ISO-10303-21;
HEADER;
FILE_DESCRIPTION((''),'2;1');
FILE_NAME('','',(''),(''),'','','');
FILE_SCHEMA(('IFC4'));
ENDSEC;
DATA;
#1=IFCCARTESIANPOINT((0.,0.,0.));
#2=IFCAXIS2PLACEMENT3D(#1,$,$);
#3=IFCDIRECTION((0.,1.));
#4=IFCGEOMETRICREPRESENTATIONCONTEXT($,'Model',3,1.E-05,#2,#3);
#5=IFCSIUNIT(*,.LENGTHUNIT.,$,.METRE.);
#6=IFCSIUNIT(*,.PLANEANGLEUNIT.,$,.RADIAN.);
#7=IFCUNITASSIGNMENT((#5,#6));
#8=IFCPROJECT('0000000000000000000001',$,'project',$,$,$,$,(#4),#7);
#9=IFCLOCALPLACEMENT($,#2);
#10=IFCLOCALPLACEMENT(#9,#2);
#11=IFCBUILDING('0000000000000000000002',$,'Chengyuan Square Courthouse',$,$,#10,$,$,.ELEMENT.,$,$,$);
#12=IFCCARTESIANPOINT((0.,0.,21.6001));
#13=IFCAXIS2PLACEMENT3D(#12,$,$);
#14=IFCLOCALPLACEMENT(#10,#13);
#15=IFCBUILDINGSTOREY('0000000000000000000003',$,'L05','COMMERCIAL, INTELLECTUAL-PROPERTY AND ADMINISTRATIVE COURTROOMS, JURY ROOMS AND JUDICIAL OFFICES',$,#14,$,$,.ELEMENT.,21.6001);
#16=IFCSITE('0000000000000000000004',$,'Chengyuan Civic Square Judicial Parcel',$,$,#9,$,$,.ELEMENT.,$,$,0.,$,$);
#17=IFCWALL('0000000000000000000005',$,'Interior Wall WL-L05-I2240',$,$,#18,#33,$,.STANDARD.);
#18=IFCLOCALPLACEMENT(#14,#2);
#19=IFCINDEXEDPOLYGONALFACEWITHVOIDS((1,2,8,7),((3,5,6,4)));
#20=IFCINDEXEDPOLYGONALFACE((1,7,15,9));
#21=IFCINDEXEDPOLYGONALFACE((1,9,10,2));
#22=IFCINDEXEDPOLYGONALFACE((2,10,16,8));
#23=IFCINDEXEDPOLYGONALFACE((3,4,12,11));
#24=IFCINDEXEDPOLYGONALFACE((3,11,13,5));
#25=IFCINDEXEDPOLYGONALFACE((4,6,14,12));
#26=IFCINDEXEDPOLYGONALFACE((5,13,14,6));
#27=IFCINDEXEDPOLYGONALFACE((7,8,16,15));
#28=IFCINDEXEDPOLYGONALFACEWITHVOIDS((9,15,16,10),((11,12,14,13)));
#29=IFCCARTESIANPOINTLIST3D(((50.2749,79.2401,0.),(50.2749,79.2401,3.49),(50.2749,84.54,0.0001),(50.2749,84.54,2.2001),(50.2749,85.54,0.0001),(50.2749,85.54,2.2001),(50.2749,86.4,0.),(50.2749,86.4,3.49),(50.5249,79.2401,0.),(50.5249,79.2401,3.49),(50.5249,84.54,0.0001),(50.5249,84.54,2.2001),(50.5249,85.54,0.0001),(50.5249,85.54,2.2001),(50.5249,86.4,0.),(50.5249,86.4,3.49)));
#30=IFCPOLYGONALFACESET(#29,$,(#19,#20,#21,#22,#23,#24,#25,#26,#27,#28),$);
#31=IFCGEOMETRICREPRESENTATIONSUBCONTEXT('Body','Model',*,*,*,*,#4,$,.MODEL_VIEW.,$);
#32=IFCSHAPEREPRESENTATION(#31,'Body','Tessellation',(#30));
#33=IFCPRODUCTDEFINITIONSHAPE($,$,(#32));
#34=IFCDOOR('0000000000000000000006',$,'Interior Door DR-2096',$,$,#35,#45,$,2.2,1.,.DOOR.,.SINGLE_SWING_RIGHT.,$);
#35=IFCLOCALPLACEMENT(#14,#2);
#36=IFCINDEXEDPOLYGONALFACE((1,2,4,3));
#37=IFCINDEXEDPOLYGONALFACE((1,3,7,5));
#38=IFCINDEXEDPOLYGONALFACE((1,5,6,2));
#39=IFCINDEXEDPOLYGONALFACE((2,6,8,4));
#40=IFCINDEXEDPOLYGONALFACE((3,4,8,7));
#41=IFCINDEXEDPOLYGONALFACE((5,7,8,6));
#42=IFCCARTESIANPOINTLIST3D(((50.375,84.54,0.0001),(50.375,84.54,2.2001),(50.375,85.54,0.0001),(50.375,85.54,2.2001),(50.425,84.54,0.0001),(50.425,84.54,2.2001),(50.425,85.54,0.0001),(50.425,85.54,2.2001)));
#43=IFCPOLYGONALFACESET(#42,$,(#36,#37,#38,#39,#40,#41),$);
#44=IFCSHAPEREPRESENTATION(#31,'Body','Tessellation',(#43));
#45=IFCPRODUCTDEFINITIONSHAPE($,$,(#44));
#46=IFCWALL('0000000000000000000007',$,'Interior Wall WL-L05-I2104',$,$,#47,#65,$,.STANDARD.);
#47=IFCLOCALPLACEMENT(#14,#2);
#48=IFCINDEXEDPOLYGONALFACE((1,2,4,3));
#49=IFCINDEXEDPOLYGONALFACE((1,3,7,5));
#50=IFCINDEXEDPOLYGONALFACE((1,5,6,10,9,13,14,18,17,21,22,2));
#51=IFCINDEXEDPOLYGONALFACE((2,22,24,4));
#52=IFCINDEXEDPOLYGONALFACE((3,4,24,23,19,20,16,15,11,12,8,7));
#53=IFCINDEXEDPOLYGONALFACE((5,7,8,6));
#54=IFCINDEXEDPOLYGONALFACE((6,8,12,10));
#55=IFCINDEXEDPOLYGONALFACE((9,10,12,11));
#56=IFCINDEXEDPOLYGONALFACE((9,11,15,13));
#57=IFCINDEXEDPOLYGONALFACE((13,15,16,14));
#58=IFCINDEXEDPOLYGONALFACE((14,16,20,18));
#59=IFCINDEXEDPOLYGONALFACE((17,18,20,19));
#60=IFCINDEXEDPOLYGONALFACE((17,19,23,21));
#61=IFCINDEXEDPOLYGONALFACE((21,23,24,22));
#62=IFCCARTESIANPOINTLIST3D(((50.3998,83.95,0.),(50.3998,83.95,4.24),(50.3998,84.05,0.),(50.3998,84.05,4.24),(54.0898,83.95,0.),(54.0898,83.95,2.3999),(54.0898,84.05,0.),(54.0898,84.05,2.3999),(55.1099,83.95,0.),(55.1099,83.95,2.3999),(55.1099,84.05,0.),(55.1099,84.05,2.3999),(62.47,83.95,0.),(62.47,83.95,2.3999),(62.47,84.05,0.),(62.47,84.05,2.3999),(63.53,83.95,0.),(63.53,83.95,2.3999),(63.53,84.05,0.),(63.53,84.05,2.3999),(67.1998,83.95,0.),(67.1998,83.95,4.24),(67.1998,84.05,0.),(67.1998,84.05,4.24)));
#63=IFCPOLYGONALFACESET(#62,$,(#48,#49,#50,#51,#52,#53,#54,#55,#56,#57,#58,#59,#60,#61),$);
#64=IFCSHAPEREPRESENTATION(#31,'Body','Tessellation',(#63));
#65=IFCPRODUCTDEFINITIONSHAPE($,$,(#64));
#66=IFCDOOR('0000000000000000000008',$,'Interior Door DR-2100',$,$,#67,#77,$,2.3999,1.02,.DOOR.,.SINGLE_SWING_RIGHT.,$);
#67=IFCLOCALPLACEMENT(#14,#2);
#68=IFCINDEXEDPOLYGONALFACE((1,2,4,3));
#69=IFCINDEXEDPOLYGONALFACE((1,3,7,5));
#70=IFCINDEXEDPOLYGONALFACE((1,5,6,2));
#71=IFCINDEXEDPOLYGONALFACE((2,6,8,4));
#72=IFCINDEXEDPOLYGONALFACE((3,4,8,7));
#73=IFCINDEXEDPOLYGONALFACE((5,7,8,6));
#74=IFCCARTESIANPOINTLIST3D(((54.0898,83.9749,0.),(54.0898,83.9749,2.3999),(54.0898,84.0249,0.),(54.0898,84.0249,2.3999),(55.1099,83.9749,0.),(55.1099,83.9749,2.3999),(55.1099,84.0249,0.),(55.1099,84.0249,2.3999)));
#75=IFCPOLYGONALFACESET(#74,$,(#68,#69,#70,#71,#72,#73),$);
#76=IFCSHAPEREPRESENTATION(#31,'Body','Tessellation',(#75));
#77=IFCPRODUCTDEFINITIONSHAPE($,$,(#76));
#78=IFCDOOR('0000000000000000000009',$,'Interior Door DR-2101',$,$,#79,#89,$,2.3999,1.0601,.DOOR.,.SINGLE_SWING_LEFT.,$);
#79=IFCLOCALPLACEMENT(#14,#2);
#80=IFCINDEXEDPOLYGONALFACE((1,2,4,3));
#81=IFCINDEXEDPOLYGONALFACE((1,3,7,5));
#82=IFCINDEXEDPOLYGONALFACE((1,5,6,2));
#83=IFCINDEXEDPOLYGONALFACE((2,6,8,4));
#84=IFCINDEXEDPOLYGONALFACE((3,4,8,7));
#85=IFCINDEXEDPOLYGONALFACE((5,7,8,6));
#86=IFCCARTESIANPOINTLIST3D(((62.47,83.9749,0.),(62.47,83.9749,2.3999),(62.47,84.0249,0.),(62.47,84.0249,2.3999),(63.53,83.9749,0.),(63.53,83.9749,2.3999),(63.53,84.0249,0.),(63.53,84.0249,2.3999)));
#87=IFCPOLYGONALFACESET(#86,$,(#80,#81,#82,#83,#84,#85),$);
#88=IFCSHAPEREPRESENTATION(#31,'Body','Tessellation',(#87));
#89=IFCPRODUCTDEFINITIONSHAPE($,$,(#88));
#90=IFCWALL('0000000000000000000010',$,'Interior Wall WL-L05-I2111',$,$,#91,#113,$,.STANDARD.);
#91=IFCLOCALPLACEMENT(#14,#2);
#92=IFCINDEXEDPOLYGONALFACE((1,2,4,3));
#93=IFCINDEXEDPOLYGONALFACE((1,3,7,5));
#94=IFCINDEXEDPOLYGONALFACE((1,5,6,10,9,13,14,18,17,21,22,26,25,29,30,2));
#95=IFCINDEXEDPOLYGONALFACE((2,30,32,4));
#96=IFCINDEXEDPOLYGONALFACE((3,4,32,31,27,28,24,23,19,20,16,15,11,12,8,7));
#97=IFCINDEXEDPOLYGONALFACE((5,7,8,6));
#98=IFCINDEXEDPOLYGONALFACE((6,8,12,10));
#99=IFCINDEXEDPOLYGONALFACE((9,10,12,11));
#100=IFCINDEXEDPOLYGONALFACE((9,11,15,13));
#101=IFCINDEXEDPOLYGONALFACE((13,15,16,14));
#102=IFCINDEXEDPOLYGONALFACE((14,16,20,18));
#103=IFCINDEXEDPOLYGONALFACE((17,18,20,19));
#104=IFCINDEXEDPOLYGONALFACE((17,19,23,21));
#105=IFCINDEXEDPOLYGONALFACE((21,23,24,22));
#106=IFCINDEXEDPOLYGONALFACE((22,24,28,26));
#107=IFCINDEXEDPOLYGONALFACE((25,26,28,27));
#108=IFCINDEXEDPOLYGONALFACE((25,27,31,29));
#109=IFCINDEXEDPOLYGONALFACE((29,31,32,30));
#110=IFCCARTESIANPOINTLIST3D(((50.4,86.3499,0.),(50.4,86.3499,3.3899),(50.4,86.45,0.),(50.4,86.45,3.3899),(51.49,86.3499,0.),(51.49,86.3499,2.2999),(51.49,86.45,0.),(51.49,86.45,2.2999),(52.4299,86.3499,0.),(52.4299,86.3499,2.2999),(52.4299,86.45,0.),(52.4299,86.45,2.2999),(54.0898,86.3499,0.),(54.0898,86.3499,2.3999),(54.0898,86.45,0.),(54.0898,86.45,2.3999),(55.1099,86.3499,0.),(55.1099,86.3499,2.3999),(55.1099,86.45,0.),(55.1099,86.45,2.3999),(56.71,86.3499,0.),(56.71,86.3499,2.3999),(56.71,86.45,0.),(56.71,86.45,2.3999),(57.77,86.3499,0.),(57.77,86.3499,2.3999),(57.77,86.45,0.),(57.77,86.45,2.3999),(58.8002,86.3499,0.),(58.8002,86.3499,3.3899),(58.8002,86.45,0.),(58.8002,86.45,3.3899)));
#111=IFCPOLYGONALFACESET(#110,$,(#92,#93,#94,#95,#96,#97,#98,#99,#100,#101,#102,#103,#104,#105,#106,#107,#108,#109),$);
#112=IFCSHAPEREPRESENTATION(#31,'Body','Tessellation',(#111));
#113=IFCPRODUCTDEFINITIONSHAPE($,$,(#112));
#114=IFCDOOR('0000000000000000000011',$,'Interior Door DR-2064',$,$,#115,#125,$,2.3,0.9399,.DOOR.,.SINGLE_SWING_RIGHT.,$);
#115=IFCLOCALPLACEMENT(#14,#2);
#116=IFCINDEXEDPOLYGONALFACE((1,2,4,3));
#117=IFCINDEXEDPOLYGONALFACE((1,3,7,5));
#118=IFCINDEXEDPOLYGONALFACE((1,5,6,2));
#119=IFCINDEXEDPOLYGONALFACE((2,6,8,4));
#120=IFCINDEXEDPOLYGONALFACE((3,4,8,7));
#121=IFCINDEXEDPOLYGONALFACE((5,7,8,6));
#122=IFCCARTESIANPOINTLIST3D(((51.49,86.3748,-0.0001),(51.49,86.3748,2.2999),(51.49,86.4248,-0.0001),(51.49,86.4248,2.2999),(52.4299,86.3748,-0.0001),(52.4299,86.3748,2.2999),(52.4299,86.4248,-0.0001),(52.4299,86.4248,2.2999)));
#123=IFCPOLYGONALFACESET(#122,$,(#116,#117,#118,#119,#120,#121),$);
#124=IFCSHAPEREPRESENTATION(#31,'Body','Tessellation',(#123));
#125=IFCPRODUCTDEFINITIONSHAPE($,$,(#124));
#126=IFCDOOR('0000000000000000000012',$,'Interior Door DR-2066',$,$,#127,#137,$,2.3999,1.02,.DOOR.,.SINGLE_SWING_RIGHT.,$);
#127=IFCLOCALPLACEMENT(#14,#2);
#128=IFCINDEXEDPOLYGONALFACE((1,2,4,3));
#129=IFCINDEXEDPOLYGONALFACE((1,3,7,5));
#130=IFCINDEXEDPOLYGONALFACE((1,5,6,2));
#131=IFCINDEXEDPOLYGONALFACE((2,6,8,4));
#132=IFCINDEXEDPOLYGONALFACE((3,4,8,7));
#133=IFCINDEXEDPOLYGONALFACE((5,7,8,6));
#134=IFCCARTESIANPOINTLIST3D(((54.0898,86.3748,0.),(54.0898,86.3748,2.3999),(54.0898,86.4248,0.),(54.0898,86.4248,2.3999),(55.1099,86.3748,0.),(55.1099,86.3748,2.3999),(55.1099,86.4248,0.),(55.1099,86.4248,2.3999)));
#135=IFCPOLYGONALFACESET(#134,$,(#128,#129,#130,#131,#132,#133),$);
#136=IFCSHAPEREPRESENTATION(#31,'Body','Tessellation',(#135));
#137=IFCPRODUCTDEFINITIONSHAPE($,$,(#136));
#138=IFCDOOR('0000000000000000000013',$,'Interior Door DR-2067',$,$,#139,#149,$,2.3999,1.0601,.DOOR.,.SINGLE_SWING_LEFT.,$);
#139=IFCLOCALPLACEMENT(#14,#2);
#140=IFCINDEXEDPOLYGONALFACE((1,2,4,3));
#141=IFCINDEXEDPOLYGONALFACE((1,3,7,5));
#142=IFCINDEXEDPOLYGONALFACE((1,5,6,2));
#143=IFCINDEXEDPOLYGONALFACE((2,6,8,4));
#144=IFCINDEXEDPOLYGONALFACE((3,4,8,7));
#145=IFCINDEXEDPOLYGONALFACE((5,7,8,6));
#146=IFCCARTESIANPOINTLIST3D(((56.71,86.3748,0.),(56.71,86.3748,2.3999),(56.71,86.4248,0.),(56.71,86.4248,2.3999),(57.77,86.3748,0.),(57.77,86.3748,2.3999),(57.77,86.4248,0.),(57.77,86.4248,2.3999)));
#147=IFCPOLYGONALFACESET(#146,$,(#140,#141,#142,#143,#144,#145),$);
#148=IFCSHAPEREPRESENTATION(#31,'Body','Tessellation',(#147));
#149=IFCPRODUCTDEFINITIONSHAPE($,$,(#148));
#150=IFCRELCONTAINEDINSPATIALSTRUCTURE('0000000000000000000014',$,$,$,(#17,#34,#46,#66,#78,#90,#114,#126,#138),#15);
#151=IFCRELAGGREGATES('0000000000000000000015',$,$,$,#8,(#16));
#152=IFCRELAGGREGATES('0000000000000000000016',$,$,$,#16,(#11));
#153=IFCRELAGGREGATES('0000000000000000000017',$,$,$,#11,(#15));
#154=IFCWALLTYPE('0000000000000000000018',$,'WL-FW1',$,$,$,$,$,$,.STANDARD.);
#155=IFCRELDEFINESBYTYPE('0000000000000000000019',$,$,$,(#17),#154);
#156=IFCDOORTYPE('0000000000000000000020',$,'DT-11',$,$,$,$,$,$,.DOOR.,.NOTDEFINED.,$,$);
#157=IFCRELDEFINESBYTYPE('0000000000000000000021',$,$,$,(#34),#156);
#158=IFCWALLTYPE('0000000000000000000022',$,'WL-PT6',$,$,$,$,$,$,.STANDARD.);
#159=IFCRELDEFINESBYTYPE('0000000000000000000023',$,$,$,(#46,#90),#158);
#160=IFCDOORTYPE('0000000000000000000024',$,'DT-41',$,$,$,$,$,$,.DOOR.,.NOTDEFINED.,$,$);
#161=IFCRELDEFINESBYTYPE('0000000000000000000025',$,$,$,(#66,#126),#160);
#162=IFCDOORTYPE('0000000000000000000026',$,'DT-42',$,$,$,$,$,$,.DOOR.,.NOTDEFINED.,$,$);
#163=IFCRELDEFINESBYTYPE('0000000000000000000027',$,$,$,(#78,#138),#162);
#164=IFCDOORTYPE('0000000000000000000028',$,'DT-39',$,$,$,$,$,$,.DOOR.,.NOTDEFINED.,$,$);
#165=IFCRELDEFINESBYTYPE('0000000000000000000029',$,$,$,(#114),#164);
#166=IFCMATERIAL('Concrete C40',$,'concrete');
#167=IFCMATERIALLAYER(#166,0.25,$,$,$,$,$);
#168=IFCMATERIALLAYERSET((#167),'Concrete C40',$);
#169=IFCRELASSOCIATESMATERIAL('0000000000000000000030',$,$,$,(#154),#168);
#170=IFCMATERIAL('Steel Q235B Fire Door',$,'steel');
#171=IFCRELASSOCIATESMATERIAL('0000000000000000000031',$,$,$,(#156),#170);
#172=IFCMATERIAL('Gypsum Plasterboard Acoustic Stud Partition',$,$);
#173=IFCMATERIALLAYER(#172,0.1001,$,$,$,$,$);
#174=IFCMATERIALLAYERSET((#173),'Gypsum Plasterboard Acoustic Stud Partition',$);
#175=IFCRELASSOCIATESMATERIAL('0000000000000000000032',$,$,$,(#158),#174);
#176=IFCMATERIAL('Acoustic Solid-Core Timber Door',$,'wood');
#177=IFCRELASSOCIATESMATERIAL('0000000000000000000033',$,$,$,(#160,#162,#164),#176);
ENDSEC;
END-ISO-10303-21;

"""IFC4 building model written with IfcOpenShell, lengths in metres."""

from ifc_helpers import new_model, si_unit, direction, frame, frame_2d, origin, place, context, subcontext, project, spatial, rectangle, extrude, material, layer, layer_set, type_object, element, fill, save


model = new_model("IFC4")

# Units and contexts
model_context = context("Model", 3, precision=1e-05, world=origin(), true_north=direction((0.0, 1.0)))
body_context = subcontext(model_context, "Body", "Model", "MODEL_VIEW")
ifc_project = project(units=[si_unit("LENGTHUNIT", "METRE"), si_unit("PLANEANGLEUNIT", "RADIAN")], contexts=[model_context])

# Site, building, storey
site_placement = place(None, origin())
site = spatial("IfcSite", under=ifc_project, at=site_placement, Name="Chengyuan Civic Square Judicial Parcel", CompositionType="ELEMENT", RefElevation=0.0)
building_placement = place(site_placement, origin())
building = spatial("IfcBuilding", under=site, at=building_placement, Name="Chengyuan Square Courthouse", CompositionType="ELEMENT")
storey_placement = place(building_placement, frame((0.0, 0.0, 21.6001)))
storey = spatial("IfcBuildingStorey", under=building, at=storey_placement, Name="L05", Description="COMMERCIAL, INTELLECTUAL-PROPERTY AND ADMINISTRATIVE COURTROOMS, JURY ROOMS AND JUDICIAL OFFICES", CompositionType="ELEMENT", Elevation=21.6001)

# Shared definitions
ifc_material_1 = material(Name="Concrete C40", Category="concrete")

# Wall, opening, door
ifc_layer_1 = layer(ifc_material_1, 0.25)
ifc_layer_set_1 = layer_set([ifc_layer_1], Name="Concrete C40")
wall_type_1 = type_object("IfcWallType", Name="WL-FW1", PredefinedType="STANDARD", material=ifc_layer_set_1)
wall_1_placement = place(storey_placement, frame((50.3999, 79.24, 0.0), z_axis=(0.0, 0.0, 1.0), x_axis=(0.0, 1.0, 0.0)))
wall_1 = element("IfcWall", 1, at=wall_1_placement, inside=storey, type_object=wall_type_1, Name="Interior Wall WL-L05-I2240", PredefinedType="STANDARD", context=body_context, shape_type="SweptSolid", body=[
    extrude(rectangle(XDim=7.1599, YDim=0.25, at=frame_2d((3.5801, 0.0))), origin(), (0.0, 0.0, 1.0), 3.49),
])
opening_1_placement = place(wall_1_placement, frame((5.3, 0.0, 0.0)))
opening_1 = element("IfcOpeningElement", 2, at=opening_1_placement, cuts=wall_1, PredefinedType="OPENING", context=body_context, shape_type="SweptSolid", body=[
    extrude(rectangle(XDim=1.0, YDim=2.2, at=frame_2d((0.5, 1.1001))), frame((0.0, 0.137, 0.0), z_axis=(0.0, -1.0, 0.0), x_axis=(1.0, 0.0, 0.0)), (0.0, 0.0, 1.0), 0.2739),
])
ifc_material_2 = material(Name="Steel Q235B Fire Door", Category="steel")
door_type_1 = type_object("IfcDoorType", Name="DT-11", OperationType="NOTDEFINED", PredefinedType="DOOR", material=ifc_material_2)
door_1_placement = place(opening_1_placement, origin())
door_1 = element("IfcDoor", 3, at=door_1_placement, inside=storey, type_object=door_type_1, Name="Interior Door DR-2096", OperationType="SINGLE_SWING_RIGHT", OverallHeight=2.2, OverallWidth=1.0, PredefinedType="DOOR", context=body_context, shape_type="SweptSolid", body=[
    extrude(rectangle(XDim=1.0, YDim=2.2, at=frame_2d((0.5, 1.1001))), frame((0.0, 0.0249, 0.0), z_axis=(0.0, -1.0, 0.0), x_axis=(1.0, 0.0, 0.0)), (0.0, 0.0, 1.0), 0.05),
])
fill(opening_1, door_1)

# Walls, openings, doors
ifc_material_3 = material(Name="Gypsum Plasterboard Acoustic Stud Partition")
ifc_layer_2 = layer(ifc_material_3, 0.1001)
ifc_layer_set_2 = layer_set([ifc_layer_2], Name="Gypsum Plasterboard Acoustic Stud Partition")
wall_type_2 = type_object("IfcWallType", Name="WL-PT6", PredefinedType="STANDARD", material=ifc_layer_set_2)
wall_2_placement = place(storey_placement, frame((50.3999, 84.0, 0.0), z_axis=(0.0, 0.0, 1.0), x_axis=(1.0, 0.0, 0.0)))
wall_2 = element("IfcWall", 4, at=wall_2_placement, inside=storey, type_object=wall_type_2, Name="Interior Wall WL-L05-I2104", PredefinedType="STANDARD", context=body_context, shape_type="SweptSolid", body=[
    extrude(rectangle(XDim=16.8, YDim=0.1001, at=frame_2d((8.3999, 0.0))), origin(), (0.0, 0.0, 1.0), 4.24),
])
opening_2_placement = place(wall_2_placement, frame((3.6899, 0.0, 0.0)))
opening_2 = element("IfcOpeningElement", 5, at=opening_2_placement, cuts=wall_2, PredefinedType="OPENING", context=body_context, shape_type="SweptSolid", body=[
    extrude(rectangle(XDim=1.02, YDim=2.3999, at=frame_2d((0.51, 1.2))), frame((0.0, 0.062, 0.0), z_axis=(0.0, -1.0, 0.0), x_axis=(1.0, 0.0, 0.0)), (0.0, 0.0, 1.0), 0.124),
])
opening_3_placement = place(wall_2_placement, frame((12.0701, 0.0, 0.0)))
opening_3 = element("IfcOpeningElement", 6, at=opening_3_placement, cuts=wall_2, PredefinedType="OPENING", context=body_context, shape_type="SweptSolid", body=[
    extrude(rectangle(XDim=1.0601, YDim=2.3999, at=frame_2d((0.53, 1.2))), frame((0.0, 0.062, 0.0), z_axis=(0.0, -1.0, 0.0), x_axis=(1.0, 0.0, 0.0)), (0.0, 0.0, 1.0), 0.124),
])
ifc_material_4 = material(Name="Acoustic Solid-Core Timber Door", Category="wood")
door_type_2 = type_object("IfcDoorType", Name="DT-41", OperationType="NOTDEFINED", PredefinedType="DOOR", material=ifc_material_4)
door_2_placement = place(opening_2_placement, origin())
door_2 = element("IfcDoor", 7, at=door_2_placement, inside=storey, type_object=door_type_2, Name="Interior Door DR-2100", OperationType="SINGLE_SWING_RIGHT", OverallHeight=2.3999, OverallWidth=1.02, PredefinedType="DOOR", context=body_context, shape_type="SweptSolid", body=[
    extrude(rectangle(XDim=1.02, YDim=2.3999, at=frame_2d((0.51, 1.2))), frame((0.0, 0.0249, 0.0), z_axis=(0.0, -1.0, 0.0), x_axis=(1.0, 0.0, 0.0)), (0.0, 0.0, 1.0), 0.05),
])
fill(opening_2, door_2)
door_type_3 = type_object("IfcDoorType", Name="DT-42", OperationType="NOTDEFINED", PredefinedType="DOOR", material=ifc_material_4)
door_3_placement = place(opening_3_placement, origin())
door_3 = element("IfcDoor", 8, at=door_3_placement, inside=storey, type_object=door_type_3, Name="Interior Door DR-2101", OperationType="SINGLE_SWING_LEFT", OverallHeight=2.3999, OverallWidth=1.0601, PredefinedType="DOOR", context=body_context, shape_type="SweptSolid", body=[
    extrude(rectangle(XDim=1.0601, YDim=2.3999, at=frame_2d((0.53, 1.2))), frame((0.0, 0.0249, 0.0), z_axis=(0.0, -1.0, 0.0), x_axis=(1.0, 0.0, 0.0)), (0.0, 0.0, 1.0), 0.05),
])
fill(opening_3, door_3)
wall_3_placement = place(storey_placement, frame((50.3999, 86.3999, 0.0), z_axis=(0.0, 0.0, 1.0), x_axis=(1.0, 0.0, 0.0)))
wall_3 = element("IfcWall", 9, at=wall_3_placement, inside=storey, type_object=wall_type_2, Name="Interior Wall WL-L05-I2111", PredefinedType="STANDARD", context=body_context, shape_type="SweptSolid", body=[
    extrude(rectangle(XDim=8.4001, YDim=0.1001, at=frame_2d((4.2002, 0.0))), origin(), (0.0, 0.0, 1.0), 3.3899),
])
opening_4_placement = place(wall_3_placement, frame((1.0901, 0.0, 0.0)))
opening_4 = element("IfcOpeningElement", 10, at=opening_4_placement, cuts=wall_3, PredefinedType="OPENING", context=body_context, shape_type="SweptSolid", body=[
    extrude(rectangle(XDim=0.9399, YDim=2.3, at=frame_2d((0.47, 1.1499))), frame((0.0, 0.062, 0.0), z_axis=(0.0, -1.0, 0.0), x_axis=(1.0, 0.0, 0.0)), (0.0, 0.0, 1.0), 0.124),
])
opening_5_placement = place(wall_3_placement, frame((3.6899, 0.0, 0.0)))
opening_5 = element("IfcOpeningElement", 11, at=opening_5_placement, cuts=wall_3, PredefinedType="OPENING", context=body_context, shape_type="SweptSolid", body=[
    extrude(rectangle(XDim=1.02, YDim=2.3999, at=frame_2d((0.51, 1.2))), frame((0.0, 0.062, 0.0), z_axis=(0.0, -1.0, 0.0), x_axis=(1.0, 0.0, 0.0)), (0.0, 0.0, 1.0), 0.124),
])
opening_6_placement = place(wall_3_placement, frame((6.3101, 0.0, 0.0)))
opening_6 = element("IfcOpeningElement", 12, at=opening_6_placement, cuts=wall_3, PredefinedType="OPENING", context=body_context, shape_type="SweptSolid", body=[
    extrude(rectangle(XDim=1.0601, YDim=2.3999, at=frame_2d((0.53, 1.2))), frame((0.0, 0.062, 0.0), z_axis=(0.0, -1.0, 0.0), x_axis=(1.0, 0.0, 0.0)), (0.0, 0.0, 1.0), 0.124),
])
door_type_4 = type_object("IfcDoorType", Name="DT-39", OperationType="NOTDEFINED", PredefinedType="DOOR", material=ifc_material_4)
door_4_placement = place(opening_4_placement, origin())
door_4 = element("IfcDoor", 13, at=door_4_placement, inside=storey, type_object=door_type_4, Name="Interior Door DR-2064", OperationType="SINGLE_SWING_RIGHT", OverallHeight=2.3, OverallWidth=0.9399, PredefinedType="DOOR", context=body_context, shape_type="SweptSolid", body=[
    extrude(rectangle(XDim=0.9399, YDim=2.3, at=frame_2d((0.47, 1.1499))), frame((0.0, 0.0249, 0.0), z_axis=(0.0, -1.0, 0.0), x_axis=(1.0, 0.0, 0.0)), (0.0, 0.0, 1.0), 0.05),
])
fill(opening_4, door_4)
door_5_placement = place(opening_5_placement, origin())
door_5 = element("IfcDoor", 14, at=door_5_placement, inside=storey, type_object=door_type_2, Name="Interior Door DR-2066", OperationType="SINGLE_SWING_RIGHT", OverallHeight=2.3999, OverallWidth=1.02, PredefinedType="DOOR", context=body_context, shape_type="SweptSolid", body=[
    extrude(rectangle(XDim=1.02, YDim=2.3999, at=frame_2d((0.51, 1.2))), frame((0.0, 0.0249, 0.0), z_axis=(0.0, -1.0, 0.0), x_axis=(1.0, 0.0, 0.0)), (0.0, 0.0, 1.0), 0.05),
])
fill(opening_5, door_5)
door_6_placement = place(opening_6_placement, origin())
door_6 = element("IfcDoor", 15, at=door_6_placement, inside=storey, type_object=door_type_3, Name="Interior Door DR-2067", OperationType="SINGLE_SWING_LEFT", OverallHeight=2.3999, OverallWidth=1.0601, PredefinedType="DOOR", context=body_context, shape_type="SweptSolid", body=[
    extrude(rectangle(XDim=1.0601, YDim=2.3999, at=frame_2d((0.53, 1.2))), frame((0.0, 0.0249, 0.0), z_axis=(0.0, -1.0, 0.0), x_axis=(1.0, 0.0, 0.0)), (0.0, 0.0, 1.0), 0.05),
])
fill(opening_6, door_6)

save(model, "model.ifc")
